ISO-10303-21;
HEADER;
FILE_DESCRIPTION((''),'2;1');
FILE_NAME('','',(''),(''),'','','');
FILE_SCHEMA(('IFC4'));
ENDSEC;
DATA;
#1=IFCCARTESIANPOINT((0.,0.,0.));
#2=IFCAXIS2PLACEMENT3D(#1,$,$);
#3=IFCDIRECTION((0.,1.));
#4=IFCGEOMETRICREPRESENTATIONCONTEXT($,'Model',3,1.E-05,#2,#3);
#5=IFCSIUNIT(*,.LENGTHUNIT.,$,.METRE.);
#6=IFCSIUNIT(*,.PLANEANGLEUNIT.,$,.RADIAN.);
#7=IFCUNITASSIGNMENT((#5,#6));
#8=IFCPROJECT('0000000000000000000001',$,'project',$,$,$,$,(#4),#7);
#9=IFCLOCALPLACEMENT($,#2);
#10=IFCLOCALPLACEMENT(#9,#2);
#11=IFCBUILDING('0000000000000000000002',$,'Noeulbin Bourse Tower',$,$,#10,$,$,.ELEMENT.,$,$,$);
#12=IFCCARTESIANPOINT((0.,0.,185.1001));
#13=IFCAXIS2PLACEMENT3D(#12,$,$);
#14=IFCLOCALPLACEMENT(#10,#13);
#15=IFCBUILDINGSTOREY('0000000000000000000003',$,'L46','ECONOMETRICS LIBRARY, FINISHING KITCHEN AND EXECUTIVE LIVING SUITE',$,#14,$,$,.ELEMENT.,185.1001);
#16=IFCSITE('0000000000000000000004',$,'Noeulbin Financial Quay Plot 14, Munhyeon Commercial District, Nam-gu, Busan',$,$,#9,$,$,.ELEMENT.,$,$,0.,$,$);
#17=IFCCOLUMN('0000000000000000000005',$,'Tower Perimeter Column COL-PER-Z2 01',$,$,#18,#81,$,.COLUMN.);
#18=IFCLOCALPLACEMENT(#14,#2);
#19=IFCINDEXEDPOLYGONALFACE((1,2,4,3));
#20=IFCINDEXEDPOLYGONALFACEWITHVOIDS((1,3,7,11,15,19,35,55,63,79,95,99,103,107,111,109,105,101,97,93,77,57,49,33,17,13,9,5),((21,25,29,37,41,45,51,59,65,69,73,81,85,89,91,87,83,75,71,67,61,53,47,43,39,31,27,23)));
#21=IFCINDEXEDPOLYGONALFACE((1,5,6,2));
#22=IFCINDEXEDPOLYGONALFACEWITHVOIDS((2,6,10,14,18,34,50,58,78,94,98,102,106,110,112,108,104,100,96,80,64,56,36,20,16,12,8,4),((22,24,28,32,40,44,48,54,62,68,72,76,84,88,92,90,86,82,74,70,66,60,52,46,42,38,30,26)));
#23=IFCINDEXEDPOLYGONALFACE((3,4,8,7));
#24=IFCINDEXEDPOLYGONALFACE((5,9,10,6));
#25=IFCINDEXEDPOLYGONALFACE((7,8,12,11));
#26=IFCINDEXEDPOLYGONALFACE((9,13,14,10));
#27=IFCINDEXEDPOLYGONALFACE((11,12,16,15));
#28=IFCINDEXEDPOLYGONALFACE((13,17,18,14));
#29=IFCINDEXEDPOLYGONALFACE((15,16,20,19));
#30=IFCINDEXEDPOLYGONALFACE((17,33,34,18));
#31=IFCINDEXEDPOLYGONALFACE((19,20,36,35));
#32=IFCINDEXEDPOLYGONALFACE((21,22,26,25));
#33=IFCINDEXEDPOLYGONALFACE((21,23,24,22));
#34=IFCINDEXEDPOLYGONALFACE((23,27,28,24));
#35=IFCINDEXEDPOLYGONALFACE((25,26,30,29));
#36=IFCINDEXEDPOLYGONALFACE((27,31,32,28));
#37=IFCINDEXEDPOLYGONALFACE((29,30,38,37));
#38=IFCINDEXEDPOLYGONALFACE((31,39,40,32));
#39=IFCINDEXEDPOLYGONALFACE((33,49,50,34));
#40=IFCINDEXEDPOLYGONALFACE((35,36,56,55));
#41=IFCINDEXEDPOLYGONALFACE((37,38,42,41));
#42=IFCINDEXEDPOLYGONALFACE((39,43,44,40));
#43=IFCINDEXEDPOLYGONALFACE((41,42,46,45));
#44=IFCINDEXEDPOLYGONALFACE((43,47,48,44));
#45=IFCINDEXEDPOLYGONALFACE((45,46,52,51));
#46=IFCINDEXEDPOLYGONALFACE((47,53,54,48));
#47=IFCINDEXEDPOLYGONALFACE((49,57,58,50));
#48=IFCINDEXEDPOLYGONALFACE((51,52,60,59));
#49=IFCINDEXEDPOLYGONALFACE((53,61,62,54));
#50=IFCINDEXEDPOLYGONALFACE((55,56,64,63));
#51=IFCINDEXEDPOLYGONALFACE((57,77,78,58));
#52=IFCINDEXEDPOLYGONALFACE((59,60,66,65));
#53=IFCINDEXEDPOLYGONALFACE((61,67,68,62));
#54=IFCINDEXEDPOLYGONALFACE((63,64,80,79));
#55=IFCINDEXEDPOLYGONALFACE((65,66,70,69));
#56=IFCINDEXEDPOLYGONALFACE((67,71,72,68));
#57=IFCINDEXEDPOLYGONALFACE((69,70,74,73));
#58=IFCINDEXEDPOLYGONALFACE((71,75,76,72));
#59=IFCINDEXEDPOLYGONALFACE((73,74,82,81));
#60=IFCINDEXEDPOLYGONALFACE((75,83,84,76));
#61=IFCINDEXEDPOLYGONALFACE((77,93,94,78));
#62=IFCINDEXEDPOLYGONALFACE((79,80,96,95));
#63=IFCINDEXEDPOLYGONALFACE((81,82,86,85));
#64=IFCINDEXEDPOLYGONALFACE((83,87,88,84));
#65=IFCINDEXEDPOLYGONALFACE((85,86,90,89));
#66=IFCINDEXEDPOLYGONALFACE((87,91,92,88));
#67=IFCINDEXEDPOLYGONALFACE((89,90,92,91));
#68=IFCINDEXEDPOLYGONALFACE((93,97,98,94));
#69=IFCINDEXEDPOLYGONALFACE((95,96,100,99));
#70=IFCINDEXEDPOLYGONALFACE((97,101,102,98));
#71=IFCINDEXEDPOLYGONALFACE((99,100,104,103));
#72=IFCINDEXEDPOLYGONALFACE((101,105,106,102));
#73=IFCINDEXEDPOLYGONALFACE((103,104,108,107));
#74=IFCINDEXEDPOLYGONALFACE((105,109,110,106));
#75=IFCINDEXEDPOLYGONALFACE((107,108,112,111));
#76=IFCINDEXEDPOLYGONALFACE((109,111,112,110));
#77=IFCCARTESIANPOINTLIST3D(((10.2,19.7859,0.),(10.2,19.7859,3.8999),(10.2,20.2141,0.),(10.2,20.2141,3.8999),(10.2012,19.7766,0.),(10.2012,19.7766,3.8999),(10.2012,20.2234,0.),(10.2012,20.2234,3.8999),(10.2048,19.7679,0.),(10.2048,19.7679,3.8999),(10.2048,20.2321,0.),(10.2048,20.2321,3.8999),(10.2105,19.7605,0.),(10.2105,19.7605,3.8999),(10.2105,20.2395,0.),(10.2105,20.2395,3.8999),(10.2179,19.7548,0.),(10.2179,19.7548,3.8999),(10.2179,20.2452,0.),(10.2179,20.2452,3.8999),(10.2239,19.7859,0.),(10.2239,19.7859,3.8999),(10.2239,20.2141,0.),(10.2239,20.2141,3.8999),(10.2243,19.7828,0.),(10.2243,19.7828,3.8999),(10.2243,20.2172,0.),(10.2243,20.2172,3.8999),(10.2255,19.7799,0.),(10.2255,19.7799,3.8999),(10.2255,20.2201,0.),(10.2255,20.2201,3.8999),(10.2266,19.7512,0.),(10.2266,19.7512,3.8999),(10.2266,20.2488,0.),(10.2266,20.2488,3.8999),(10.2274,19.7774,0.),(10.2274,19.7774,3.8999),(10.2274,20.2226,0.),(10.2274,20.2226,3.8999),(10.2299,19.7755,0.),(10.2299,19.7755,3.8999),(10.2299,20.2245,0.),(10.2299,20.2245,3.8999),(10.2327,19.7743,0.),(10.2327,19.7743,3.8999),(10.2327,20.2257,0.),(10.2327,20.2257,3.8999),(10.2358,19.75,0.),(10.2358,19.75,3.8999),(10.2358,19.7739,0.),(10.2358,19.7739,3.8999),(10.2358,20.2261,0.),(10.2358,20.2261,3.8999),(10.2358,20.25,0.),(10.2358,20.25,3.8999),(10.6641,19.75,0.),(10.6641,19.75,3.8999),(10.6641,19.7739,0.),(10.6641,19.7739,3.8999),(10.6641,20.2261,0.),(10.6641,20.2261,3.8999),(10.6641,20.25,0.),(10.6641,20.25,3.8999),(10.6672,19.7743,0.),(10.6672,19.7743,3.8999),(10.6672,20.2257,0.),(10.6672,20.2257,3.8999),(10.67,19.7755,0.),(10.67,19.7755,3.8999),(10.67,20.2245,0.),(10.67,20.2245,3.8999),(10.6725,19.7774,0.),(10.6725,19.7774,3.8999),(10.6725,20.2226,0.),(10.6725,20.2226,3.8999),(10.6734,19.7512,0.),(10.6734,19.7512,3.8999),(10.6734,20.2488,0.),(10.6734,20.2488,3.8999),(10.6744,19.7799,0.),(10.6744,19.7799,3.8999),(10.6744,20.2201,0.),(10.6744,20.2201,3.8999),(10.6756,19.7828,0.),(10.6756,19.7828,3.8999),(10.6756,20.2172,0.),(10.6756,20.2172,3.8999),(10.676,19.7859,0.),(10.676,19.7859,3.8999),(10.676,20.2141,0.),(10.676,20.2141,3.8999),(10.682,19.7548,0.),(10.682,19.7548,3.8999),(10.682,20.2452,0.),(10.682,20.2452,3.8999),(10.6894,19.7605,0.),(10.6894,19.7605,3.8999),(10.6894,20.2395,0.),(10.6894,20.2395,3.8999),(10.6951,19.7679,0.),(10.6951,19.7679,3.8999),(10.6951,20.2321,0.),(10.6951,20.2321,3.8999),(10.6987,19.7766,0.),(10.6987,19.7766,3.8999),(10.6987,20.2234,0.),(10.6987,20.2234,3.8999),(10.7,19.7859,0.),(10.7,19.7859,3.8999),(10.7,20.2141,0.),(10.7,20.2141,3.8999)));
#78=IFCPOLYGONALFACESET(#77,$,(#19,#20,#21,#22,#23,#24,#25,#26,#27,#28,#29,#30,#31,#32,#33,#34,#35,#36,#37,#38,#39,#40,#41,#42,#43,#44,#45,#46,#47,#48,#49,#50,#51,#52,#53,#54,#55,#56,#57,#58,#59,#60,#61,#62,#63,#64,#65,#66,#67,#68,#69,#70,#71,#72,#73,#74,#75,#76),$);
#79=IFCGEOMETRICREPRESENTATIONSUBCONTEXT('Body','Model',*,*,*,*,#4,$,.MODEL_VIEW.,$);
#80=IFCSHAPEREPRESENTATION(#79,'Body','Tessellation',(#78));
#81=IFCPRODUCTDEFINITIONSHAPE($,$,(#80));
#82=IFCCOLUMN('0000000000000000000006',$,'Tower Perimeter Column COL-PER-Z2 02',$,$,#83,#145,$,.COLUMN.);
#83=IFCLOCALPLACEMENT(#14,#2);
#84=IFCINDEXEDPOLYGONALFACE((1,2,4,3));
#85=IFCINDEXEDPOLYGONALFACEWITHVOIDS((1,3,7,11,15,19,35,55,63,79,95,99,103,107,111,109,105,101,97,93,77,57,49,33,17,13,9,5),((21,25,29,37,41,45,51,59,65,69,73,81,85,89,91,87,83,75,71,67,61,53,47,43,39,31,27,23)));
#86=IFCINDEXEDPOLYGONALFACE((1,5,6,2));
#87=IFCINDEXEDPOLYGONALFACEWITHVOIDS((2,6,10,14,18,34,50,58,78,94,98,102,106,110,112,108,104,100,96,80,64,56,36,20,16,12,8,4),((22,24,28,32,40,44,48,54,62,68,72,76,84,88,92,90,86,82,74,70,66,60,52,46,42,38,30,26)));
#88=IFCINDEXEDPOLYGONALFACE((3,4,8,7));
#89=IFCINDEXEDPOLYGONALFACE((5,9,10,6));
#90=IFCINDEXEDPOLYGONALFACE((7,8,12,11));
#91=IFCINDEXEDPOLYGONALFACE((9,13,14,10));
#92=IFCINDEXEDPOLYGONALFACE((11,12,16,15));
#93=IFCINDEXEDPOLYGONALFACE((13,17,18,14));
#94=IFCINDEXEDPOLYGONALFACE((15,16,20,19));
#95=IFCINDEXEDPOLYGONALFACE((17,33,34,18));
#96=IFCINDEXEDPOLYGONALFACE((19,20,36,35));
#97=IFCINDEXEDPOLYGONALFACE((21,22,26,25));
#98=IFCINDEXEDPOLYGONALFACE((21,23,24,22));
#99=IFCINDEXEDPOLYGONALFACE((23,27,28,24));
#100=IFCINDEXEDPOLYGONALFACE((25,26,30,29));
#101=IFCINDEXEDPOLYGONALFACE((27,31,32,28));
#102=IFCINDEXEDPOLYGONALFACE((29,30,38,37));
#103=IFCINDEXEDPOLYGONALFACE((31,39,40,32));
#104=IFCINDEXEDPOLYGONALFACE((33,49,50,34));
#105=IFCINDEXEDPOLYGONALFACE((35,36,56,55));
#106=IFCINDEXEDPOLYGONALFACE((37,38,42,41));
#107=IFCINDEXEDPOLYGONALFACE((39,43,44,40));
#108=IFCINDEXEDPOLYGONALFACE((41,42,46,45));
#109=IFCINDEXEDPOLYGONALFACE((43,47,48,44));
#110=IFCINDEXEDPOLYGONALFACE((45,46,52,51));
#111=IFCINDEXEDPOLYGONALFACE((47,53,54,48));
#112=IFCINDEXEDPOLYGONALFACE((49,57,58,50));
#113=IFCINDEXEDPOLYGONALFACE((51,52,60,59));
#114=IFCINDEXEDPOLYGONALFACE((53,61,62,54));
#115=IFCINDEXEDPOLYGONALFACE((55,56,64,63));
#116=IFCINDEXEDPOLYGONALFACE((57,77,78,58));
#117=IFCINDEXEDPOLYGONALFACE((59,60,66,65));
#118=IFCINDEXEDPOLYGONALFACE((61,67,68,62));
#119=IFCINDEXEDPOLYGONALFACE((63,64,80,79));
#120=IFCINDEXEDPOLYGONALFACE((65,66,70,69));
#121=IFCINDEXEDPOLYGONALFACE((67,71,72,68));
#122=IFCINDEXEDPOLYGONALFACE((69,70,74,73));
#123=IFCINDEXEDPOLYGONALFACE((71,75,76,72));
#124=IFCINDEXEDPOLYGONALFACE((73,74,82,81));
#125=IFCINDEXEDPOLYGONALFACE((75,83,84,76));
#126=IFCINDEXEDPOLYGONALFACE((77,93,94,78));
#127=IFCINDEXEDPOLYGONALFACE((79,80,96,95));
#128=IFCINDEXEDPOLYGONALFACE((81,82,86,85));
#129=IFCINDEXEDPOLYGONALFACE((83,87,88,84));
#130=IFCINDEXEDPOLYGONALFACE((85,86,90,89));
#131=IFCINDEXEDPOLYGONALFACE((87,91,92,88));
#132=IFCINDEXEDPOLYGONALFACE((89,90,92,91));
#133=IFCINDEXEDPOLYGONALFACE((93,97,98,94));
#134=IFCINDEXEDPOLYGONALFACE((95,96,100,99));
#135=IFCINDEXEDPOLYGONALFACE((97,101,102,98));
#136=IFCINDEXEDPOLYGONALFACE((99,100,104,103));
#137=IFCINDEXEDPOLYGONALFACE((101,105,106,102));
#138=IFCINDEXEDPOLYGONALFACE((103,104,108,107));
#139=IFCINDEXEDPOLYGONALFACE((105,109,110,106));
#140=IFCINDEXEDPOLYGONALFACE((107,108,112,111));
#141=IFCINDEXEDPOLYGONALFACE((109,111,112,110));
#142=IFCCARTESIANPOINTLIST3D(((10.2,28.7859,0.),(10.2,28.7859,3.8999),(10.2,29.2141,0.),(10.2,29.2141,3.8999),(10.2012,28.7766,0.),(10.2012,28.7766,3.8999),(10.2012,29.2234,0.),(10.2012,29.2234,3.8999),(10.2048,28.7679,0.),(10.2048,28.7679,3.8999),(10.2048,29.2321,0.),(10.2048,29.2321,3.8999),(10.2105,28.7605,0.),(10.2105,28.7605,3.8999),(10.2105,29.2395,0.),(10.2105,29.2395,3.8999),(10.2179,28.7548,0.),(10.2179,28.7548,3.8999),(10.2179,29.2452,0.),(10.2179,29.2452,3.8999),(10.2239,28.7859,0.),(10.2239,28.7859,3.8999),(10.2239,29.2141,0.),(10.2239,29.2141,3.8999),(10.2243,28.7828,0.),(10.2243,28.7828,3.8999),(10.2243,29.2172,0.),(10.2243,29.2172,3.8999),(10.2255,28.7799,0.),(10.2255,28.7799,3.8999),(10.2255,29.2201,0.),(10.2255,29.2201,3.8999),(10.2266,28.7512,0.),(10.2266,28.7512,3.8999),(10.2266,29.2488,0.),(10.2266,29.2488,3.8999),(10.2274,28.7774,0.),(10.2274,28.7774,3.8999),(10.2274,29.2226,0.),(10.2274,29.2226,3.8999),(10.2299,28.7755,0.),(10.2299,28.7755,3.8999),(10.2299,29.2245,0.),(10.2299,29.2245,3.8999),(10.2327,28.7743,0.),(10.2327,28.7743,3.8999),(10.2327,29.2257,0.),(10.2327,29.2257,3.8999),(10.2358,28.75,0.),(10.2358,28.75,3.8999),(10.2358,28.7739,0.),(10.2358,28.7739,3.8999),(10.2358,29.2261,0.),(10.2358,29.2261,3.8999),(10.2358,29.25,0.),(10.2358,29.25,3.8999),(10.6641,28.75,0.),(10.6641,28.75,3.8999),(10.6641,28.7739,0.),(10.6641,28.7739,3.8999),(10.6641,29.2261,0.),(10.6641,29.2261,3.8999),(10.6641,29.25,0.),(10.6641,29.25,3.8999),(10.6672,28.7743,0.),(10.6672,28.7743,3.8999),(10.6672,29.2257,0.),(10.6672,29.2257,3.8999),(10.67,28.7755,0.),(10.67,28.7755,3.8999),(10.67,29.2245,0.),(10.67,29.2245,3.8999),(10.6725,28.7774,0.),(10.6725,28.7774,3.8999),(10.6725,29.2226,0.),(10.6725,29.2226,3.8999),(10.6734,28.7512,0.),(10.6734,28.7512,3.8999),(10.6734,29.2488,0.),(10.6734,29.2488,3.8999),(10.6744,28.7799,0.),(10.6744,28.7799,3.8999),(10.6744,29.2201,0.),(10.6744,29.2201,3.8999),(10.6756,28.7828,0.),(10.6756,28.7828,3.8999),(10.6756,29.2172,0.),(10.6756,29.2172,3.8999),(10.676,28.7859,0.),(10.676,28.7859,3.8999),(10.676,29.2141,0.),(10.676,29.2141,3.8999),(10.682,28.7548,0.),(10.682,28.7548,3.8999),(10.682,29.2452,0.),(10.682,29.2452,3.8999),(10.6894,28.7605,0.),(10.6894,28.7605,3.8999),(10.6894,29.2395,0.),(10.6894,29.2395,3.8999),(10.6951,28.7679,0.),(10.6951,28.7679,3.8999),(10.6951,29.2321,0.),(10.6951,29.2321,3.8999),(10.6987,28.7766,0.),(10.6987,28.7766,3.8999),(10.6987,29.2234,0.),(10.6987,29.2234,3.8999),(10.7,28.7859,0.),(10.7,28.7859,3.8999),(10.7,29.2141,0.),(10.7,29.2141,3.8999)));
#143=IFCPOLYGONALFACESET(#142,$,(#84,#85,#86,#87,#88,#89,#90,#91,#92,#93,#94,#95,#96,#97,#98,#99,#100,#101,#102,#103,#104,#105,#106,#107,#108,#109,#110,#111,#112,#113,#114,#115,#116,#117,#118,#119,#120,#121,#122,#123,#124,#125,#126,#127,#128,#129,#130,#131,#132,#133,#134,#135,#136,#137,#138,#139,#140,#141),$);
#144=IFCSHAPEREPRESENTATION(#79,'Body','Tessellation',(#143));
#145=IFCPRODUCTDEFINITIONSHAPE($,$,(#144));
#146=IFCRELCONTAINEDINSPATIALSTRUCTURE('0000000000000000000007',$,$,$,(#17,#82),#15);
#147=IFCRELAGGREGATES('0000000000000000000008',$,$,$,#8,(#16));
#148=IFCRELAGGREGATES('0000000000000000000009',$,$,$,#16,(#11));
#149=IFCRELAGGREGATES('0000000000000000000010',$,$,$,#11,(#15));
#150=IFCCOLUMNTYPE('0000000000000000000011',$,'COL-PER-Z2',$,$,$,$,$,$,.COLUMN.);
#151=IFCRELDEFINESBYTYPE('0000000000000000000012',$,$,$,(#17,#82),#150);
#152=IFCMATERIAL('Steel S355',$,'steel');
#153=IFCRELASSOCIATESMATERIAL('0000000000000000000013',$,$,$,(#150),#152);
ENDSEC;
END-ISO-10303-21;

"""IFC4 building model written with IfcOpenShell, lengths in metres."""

from ifc_helpers import new_model, si_unit, direction, frame, origin, origin_2d, place, context, subcontext, project, spatial, hollow_rectangle, extrude, material, material_profile, profile_set, type_object, element, save


model = new_model("IFC4")

# Units and contexts
model_context = context("Model", 3, precision=1e-05, world=origin(), true_north=direction((0.0, 1.0)))
body_context = subcontext(model_context, "Body", "Model", "MODEL_VIEW")
ifc_project = project(units=[si_unit("LENGTHUNIT", "METRE"), si_unit("PLANEANGLEUNIT", "RADIAN")], contexts=[model_context])

# Site, building, storey
site_placement = place(None, origin())
site = spatial("IfcSite", under=ifc_project, at=site_placement, Name="Noeulbin Financial Quay Plot 14, Munhyeon Commercial District, Nam-gu, Busan", CompositionType="ELEMENT", RefElevation=0.0)
building_placement = place(site_placement, origin())
building = spatial("IfcBuilding", under=site, at=building_placement, Name="Noeulbin Bourse Tower", CompositionType="ELEMENT")
storey_placement = place(building_placement, frame((0.0, 0.0, 185.1001)))
storey = spatial("IfcBuildingStorey", under=building, at=storey_placement, Name="L46", Description="ECONOMETRICS LIBRARY, FINISHING KITCHEN AND EXECUTIVE LIVING SUITE", CompositionType="ELEMENT", Elevation=185.1001)

# Columns
ifc_material_1 = material(Name="Steel S355", Category="steel")
ifc_material_profile_1 = material_profile(ifc_material_1, hollow_rectangle(XDim=0.5, YDim=0.5, WallThickness=0.0239, InnerFilletRadius=0.012, OuterFilletRadius=0.0359, at=origin_2d()), Name="BOX-500x500x24", Category="LoadBearing")
ifc_profile_set_1 = profile_set([ifc_material_profile_1], Name="Steel S355")
column_type_1 = type_object("IfcColumnType", Name="COL-PER-Z2", PredefinedType="COLUMN", material=ifc_profile_set_1)
for number, where, z_axis, x_axis, name in (
    (1, (10.45, 20.0, 0.0), (0.0, 0.0, 1.0), (1.0, 0.0, 0.0), "Tower Perimeter Column COL-PER-Z2 01"),
    (2, (10.45, 29.0, 0.0), (0.0, 0.0, 1.0), (1.0, 0.0, 0.0), "Tower Perimeter Column COL-PER-Z2 02"),
):
    element("IfcColumn", number, at=place(storey_placement, frame(where, z_axis=z_axis, x_axis=x_axis)), inside=storey, type_object=column_type_1, Name=name, PredefinedType="COLUMN", context=body_context, shape_type="SweptSolid", body=[
        extrude(hollow_rectangle(XDim=0.5, YDim=0.5, WallThickness=0.0239, InnerFilletRadius=0.012, OuterFilletRadius=0.0359, at=origin_2d()), origin(), (0.0, 0.0, 1.0), 3.8999),
    ])

save(model, "model.ifc")
